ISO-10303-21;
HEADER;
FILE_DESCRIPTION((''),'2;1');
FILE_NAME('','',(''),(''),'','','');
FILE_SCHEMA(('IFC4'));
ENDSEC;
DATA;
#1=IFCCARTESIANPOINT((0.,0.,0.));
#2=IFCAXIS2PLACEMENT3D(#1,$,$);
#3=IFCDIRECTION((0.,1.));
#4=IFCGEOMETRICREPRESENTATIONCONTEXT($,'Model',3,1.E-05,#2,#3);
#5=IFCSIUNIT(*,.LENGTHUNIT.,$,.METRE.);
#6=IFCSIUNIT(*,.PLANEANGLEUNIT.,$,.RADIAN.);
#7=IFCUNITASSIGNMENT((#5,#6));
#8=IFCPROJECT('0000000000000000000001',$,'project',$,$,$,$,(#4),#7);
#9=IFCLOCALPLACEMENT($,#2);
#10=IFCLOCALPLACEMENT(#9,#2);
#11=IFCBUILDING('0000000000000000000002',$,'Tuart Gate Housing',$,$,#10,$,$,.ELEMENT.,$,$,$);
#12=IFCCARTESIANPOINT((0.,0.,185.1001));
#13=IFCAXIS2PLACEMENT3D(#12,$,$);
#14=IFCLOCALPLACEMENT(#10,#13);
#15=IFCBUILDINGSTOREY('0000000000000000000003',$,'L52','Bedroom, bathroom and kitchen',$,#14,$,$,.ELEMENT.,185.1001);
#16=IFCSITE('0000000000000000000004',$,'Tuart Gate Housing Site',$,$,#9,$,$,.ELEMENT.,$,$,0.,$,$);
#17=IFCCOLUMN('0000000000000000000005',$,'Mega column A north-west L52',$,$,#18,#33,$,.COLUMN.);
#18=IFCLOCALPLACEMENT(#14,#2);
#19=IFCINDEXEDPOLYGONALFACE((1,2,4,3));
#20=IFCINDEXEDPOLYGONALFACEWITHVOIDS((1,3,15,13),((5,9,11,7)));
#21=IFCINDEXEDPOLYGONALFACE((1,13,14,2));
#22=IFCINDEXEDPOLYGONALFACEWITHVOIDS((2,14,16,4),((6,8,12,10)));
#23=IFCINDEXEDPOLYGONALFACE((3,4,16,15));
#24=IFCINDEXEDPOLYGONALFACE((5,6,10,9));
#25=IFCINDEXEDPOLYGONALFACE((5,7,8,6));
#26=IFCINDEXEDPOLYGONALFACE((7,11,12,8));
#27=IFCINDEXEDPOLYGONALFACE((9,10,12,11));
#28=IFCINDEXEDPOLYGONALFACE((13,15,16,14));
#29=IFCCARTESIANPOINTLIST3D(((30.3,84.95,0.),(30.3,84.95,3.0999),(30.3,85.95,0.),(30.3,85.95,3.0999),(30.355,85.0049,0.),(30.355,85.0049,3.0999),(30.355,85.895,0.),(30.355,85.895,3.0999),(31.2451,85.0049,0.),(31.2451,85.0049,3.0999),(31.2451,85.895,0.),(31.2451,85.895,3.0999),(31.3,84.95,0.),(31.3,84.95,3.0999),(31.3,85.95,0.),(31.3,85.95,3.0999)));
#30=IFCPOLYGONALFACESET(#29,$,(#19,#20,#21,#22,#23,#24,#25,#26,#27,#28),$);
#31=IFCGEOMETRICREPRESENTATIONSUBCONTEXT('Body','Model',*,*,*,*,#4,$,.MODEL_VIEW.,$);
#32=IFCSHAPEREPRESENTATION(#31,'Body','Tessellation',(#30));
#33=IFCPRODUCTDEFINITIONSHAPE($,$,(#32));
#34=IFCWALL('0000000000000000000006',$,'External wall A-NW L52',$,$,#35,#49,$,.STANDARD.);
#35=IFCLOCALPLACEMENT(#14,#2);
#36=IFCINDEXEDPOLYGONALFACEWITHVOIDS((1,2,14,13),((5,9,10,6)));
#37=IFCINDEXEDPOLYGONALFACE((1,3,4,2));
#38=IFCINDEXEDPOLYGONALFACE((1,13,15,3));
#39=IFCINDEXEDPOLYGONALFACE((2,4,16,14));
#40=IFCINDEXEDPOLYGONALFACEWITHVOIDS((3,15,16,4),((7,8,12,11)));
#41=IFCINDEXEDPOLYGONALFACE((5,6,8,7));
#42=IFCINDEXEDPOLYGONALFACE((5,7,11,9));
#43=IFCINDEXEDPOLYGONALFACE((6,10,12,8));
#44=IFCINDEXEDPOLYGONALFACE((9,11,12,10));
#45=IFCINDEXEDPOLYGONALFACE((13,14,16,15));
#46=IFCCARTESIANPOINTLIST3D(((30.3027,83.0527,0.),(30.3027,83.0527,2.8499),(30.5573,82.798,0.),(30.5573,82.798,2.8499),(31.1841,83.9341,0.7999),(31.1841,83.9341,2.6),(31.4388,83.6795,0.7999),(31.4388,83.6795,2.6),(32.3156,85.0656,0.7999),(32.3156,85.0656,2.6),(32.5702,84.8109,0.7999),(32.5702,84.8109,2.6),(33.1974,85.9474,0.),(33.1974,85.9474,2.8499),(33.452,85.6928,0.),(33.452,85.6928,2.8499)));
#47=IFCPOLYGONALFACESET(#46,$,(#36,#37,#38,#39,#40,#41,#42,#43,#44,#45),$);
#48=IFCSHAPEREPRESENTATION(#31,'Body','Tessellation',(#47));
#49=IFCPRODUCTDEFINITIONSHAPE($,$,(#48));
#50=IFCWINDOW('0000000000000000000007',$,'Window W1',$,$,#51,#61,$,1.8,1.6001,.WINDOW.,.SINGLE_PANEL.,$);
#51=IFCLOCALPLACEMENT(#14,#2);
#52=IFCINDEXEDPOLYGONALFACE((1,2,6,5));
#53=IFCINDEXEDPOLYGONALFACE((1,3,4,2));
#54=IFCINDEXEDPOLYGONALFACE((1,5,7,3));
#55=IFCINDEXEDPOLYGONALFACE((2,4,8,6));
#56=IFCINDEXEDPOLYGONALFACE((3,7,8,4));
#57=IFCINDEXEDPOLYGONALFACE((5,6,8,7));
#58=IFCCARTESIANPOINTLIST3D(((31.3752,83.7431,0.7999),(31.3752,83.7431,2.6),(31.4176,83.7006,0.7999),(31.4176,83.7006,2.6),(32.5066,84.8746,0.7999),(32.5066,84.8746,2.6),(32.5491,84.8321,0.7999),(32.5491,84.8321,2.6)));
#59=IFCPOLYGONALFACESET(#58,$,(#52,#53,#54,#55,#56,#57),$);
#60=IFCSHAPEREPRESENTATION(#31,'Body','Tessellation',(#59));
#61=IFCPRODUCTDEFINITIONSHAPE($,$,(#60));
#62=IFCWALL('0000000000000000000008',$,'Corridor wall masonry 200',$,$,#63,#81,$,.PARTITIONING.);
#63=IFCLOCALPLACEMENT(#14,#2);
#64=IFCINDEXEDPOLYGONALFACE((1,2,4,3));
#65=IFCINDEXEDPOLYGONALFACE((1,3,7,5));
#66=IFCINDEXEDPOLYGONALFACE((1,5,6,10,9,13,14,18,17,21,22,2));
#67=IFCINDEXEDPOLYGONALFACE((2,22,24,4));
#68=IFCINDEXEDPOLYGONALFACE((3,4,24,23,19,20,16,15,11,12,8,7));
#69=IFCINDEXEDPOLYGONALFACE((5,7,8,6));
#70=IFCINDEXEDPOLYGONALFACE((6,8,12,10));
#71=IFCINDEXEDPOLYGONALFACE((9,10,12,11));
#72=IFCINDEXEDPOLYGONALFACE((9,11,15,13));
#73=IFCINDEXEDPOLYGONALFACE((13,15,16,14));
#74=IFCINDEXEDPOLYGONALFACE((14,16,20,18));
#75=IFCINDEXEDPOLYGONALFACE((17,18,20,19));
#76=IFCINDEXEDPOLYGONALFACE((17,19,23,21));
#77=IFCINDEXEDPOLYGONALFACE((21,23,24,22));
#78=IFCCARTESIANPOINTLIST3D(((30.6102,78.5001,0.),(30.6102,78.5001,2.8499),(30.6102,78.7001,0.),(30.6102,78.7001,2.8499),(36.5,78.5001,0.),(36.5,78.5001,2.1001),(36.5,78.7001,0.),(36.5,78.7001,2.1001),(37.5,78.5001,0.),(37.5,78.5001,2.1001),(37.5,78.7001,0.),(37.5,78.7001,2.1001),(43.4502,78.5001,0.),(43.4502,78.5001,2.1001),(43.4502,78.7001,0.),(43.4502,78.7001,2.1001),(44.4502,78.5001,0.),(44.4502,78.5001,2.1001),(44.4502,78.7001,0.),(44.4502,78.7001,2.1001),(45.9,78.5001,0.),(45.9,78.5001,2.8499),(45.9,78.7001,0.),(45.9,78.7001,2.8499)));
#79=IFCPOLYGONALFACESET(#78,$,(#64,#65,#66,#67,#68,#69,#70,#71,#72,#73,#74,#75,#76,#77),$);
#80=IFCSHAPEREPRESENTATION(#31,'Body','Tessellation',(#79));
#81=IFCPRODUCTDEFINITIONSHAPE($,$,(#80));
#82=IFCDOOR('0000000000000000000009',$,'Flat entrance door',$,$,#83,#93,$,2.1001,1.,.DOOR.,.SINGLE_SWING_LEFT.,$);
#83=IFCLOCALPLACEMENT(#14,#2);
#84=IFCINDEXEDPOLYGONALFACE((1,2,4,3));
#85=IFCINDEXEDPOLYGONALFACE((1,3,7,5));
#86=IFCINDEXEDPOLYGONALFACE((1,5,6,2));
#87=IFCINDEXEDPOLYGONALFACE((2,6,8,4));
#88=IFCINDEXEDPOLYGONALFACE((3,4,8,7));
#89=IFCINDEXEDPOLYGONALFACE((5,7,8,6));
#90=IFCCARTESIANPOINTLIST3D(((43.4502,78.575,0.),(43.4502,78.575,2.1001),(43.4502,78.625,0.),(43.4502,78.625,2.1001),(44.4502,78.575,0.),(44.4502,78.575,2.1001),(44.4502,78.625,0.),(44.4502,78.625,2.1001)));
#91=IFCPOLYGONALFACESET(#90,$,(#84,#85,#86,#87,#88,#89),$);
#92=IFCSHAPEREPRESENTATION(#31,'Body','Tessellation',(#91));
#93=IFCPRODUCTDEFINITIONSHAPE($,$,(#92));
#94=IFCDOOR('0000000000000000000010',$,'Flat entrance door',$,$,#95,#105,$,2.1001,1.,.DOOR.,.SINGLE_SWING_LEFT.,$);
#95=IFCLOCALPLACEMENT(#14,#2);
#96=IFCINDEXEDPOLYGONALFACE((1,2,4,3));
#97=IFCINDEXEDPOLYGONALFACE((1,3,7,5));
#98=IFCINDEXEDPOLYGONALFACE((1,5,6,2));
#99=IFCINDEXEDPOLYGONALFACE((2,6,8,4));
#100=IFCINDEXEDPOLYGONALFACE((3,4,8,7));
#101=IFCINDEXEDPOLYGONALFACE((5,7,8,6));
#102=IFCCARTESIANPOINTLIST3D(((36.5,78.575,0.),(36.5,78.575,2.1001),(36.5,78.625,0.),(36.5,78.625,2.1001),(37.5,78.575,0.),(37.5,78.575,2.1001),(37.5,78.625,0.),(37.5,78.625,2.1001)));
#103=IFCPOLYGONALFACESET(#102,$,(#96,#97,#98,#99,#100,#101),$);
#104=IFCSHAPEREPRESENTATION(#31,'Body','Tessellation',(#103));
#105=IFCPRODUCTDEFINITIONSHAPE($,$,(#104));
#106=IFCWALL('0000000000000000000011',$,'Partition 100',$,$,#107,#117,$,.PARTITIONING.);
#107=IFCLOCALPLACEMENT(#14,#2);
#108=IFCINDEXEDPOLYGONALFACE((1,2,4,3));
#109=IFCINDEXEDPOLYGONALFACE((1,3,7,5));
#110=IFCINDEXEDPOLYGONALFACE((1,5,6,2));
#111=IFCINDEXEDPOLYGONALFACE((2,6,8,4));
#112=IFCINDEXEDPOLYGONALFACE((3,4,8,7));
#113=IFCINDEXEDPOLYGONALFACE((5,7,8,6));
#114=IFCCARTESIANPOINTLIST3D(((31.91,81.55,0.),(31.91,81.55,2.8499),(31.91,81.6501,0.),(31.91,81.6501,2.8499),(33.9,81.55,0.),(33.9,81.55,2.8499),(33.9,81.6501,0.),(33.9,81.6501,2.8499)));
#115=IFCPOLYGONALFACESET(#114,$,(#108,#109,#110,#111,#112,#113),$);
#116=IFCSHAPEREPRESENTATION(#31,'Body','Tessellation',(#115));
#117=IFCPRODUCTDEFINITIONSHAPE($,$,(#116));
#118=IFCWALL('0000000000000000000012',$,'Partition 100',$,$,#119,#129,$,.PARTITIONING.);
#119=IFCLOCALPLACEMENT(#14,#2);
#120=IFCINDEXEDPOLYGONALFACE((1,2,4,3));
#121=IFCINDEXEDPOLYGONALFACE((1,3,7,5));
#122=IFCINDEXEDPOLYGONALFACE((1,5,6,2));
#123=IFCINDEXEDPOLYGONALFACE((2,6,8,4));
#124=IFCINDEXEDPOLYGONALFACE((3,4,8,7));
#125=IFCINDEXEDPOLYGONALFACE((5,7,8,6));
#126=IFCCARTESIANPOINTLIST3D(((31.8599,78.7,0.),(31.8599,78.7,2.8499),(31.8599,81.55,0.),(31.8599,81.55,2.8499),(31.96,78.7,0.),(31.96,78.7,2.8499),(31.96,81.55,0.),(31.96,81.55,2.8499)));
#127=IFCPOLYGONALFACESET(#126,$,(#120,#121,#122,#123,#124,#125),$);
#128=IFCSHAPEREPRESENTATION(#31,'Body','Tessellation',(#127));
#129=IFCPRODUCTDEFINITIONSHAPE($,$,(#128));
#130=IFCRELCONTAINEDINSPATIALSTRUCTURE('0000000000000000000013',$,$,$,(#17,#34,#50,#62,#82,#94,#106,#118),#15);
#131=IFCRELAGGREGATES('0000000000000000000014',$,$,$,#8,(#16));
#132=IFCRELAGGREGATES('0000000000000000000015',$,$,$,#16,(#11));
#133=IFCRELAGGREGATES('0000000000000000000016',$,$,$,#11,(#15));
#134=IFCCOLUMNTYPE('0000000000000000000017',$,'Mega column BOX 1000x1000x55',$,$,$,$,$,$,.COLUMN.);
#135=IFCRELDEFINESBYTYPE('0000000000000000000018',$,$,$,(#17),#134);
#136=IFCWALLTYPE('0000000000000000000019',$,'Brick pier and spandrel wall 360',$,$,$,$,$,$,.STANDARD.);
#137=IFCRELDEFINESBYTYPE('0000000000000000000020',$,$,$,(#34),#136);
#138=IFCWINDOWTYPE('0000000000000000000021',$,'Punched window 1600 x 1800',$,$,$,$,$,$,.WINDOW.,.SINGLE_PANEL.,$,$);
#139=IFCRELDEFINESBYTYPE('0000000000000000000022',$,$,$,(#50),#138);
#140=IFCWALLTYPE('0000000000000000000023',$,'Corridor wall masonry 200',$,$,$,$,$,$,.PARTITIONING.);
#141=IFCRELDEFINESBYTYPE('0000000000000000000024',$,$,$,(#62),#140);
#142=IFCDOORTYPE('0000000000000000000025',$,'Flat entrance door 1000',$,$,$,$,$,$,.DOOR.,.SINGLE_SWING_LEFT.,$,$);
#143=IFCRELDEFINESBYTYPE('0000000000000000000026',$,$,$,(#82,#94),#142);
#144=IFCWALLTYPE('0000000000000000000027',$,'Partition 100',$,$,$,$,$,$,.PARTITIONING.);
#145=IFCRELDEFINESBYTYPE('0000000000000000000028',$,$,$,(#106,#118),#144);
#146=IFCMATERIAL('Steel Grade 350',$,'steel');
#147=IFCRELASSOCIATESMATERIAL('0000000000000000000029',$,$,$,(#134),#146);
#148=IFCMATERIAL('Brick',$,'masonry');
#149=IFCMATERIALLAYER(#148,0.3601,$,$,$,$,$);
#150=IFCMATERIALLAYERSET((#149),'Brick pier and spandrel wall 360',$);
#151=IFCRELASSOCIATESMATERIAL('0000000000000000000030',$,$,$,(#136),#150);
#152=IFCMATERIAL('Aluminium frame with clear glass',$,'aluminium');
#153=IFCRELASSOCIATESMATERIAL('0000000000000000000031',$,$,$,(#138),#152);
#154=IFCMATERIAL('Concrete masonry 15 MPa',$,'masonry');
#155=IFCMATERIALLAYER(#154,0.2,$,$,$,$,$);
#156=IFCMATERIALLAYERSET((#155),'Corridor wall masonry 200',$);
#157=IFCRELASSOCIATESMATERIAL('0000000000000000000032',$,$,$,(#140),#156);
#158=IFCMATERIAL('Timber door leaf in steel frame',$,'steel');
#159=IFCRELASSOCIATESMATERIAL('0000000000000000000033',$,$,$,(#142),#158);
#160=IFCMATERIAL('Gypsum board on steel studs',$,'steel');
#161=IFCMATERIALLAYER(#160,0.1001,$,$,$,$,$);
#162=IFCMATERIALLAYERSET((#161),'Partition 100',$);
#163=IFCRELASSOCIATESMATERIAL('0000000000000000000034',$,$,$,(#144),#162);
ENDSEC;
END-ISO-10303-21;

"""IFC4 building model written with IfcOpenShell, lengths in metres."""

from ifc_helpers import new_model, si_unit, direction, frame, frame_2d, origin, origin_2d, place, context, subcontext, project, spatial, rectangle, hollow_rectangle, extrude, material, layer, layer_set, material_profile, profile_set, type_object, element, fill, save


model = new_model("IFC4")

# Units and contexts
model_context = context("Model", 3, precision=1e-05, world=origin(), true_north=direction((0.0, 1.0)))
body_context = subcontext(model_context, "Body", "Model", "MODEL_VIEW")
ifc_project = project(units=[si_unit("LENGTHUNIT", "METRE"), si_unit("PLANEANGLEUNIT", "RADIAN")], contexts=[model_context])

# Site, building, storey
site_placement = place(None, origin())
site = spatial("IfcSite", under=ifc_project, at=site_placement, Name="Tuart Gate Housing Site", CompositionType="ELEMENT", RefElevation=0.0)
building_placement = place(site_placement, origin())
building = spatial("IfcBuilding", under=site, at=building_placement, Name="Tuart Gate Housing", CompositionType="ELEMENT")
storey_placement = place(building_placement, frame((0.0, 0.0, 185.1001)))
storey = spatial("IfcBuildingStorey", under=building, at=storey_placement, Name="L52", Description="Bedroom, bathroom and kitchen", CompositionType="ELEMENT", Elevation=185.1001)

# Column
ifc_material_1 = material(Name="Steel Grade 350", Category="steel")
ifc_material_profile = material_profile(ifc_material_1, hollow_rectangle(XDim=1.0, YDim=1.0, WallThickness=0.0549, at=origin_2d()), Name="BOX 1000x1000x55")
ifc_profile_set = profile_set([ifc_material_profile], Name="Steel Grade 350")
column_type = type_object("IfcColumnType", Name="Mega column BOX 1000x1000x55", PredefinedType="COLUMN", material=ifc_profile_set)
column_placement = place(storey_placement, frame((30.8, 85.45, 0.0), z_axis=(0.0, 0.0, 1.0), x_axis=(1.0, 0.0, 0.0)))
element("IfcColumn", 1, at=column_placement, inside=storey, type_object=column_type, Name="Mega column A north-west L52", PredefinedType="COLUMN", context=body_context, shape_type="SweptSolid", body=[
    extrude(hollow_rectangle(XDim=1.0, YDim=1.0, WallThickness=0.0549, at=origin_2d()), origin(), (0.0, 0.0, 1.0), 3.0999),
])

# Wall, opening, window
ifc_material_2 = material(Name="Brick", Category="masonry")
ifc_layer_1 = layer(ifc_material_2, 0.3601)
ifc_layer_set_1 = layer_set([ifc_layer_1], Name="Brick pier and spandrel wall 360")
wall_type_1 = type_object("IfcWallType", Name="Brick pier and spandrel wall 360", PredefinedType="STANDARD", material=ifc_layer_set_1)
wall_1_placement = place(storey_placement, frame((33.3247, 85.8201, 0.0), z_axis=(0.0, 0.0, 1.0), x_axis=(-0.707107, -0.707107, 0.0)))
wall_1 = element("IfcWall", 2, at=wall_1_placement, inside=storey, type_object=wall_type_1, Name="External wall A-NW L52", PredefinedType="STANDARD", context=body_context, shape_type="SweptSolid", body=[
    extrude(rectangle(XDim=4.0938, YDim=0.3601, at=frame_2d((2.0469, 0.0))), origin(), (0.0, 0.0, 1.0), 2.8499),
])
opening_1_placement = place(wall_1_placement, frame((1.2471, 0.0, 0.8)))
opening_1 = element("IfcOpeningElement", 3, at=opening_1_placement, cuts=wall_1, PredefinedType="OPENING", context=body_context, shape_type="SweptSolid", body=[
    extrude(rectangle(XDim=1.6001, YDim=1.8, at=frame_2d((0.8, 0.8999))), frame((0.0, 0.1899, 0.0), z_axis=(0.0, -1.0, 0.0), x_axis=(1.0, 0.0, 0.0)), (0.0, 0.0, 1.0), 0.3801),
])
ifc_material_3 = material(Name="Aluminium frame with clear glass", Category="aluminium")
window_type_1 = type_object("IfcWindowType", Name="Punched window 1600 x 1800", PartitioningType="SINGLE_PANEL", PredefinedType="WINDOW", material=ifc_material_3)
window_1_placement = place(opening_1_placement, origin())
window_1 = element("IfcWindow", 4, at=window_1_placement, inside=storey, type_object=window_type_1, Name="Window W1", OverallHeight=1.8, OverallWidth=1.6001, PartitioningType="SINGLE_PANEL", PredefinedType="WINDOW", context=body_context, shape_type="SweptSolid", body=[
    extrude(rectangle(XDim=1.6001, YDim=1.8, at=frame_2d((0.8, 0.8999))), frame((0.0, 0.1501, 0.0), z_axis=(0.0, -1.0, 0.0), x_axis=(1.0, 0.0, 0.0)), (0.0, 0.0, 1.0), 0.0601),
])
fill(opening_1, window_1)

# Wall, openings, doors
ifc_material_4 = material(Name="Concrete masonry 15 MPa", Category="masonry")
ifc_layer_2 = layer(ifc_material_4, 0.2)
ifc_layer_set_2 = layer_set([ifc_layer_2], Name="Corridor wall masonry 200")
wall_type_2 = type_object("IfcWallType", Name="Corridor wall masonry 200", PredefinedType="PARTITIONING", material=ifc_layer_set_2)
wall_2_placement = place(storey_placement, frame((30.6101, 78.6001, 0.0), z_axis=(0.0, 0.0, 1.0), x_axis=(1.0, 0.0, 0.0)))
wall_2 = element("IfcWall", 5, at=wall_2_placement, inside=storey, type_object=wall_type_2, Name="Corridor wall masonry 200", PredefinedType="PARTITIONING", context=body_context, shape_type="SweptSolid", body=[
    extrude(rectangle(XDim=15.2898, YDim=0.2, at=frame_2d((7.645, 0.0))), origin(), (0.0, 0.0, 1.0), 2.8499),
])
opening_2_placement = place(wall_2_placement, frame((12.8401, 0.0, 0.0)))
opening_2 = element("IfcOpeningElement", 6, at=opening_2_placement, cuts=wall_2, PredefinedType="OPENING", context=body_context, shape_type="SweptSolid", body=[
    extrude(rectangle(XDim=1.0, YDim=2.1001, at=frame_2d((0.5, 1.05))), frame((0.0, 0.1099, 0.0), z_axis=(0.0, -1.0, 0.0), x_axis=(1.0, 0.0, 0.0)), (0.0, 0.0, 1.0), 0.22),
])
opening_3_placement = place(wall_2_placement, frame((5.8899, 0.0, 0.0)))
opening_3 = element("IfcOpeningElement", 7, at=opening_3_placement, cuts=wall_2, PredefinedType="OPENING", context=body_context, shape_type="SweptSolid", body=[
    extrude(rectangle(XDim=1.0, YDim=2.1001, at=frame_2d((0.5, 1.05))), frame((0.0, 0.1099, 0.0), z_axis=(0.0, -1.0, 0.0), x_axis=(1.0, 0.0, 0.0)), (0.0, 0.0, 1.0), 0.22),
])
ifc_material_5 = material(Name="Timber door leaf in steel frame", Category="steel")
door_type = type_object("IfcDoorType", Name="Flat entrance door 1000", OperationType="SINGLE_SWING_LEFT", PredefinedType="DOOR", material=ifc_material_5)
door_1_placement = place(opening_2_placement, origin())
door_1 = element("IfcDoor", 8, at=door_1_placement, inside=storey, type_object=door_type, Name="Flat entrance door", OperationType="SINGLE_SWING_LEFT", OverallHeight=2.1001, OverallWidth=1.0, PredefinedType="DOOR", context=body_context, shape_type="SweptSolid", body=[
    extrude(rectangle(XDim=1.0, YDim=2.1001, at=frame_2d((0.5, 1.05))), frame((0.0, 0.0249, 0.0), z_axis=(0.0, -1.0, 0.0), x_axis=(1.0, 0.0, 0.0)), (0.0, 0.0, 1.0), 0.05),
])
fill(opening_2, door_1)
door_2_placement = place(opening_3_placement, origin())
door_2 = element("IfcDoor", 9, at=door_2_placement, inside=storey, type_object=door_type, Name="Flat entrance door", OperationType="SINGLE_SWING_LEFT", OverallHeight=2.1001, OverallWidth=1.0, PredefinedType="DOOR", context=body_context, shape_type="SweptSolid", body=[
    extrude(rectangle(XDim=1.0, YDim=2.1001, at=frame_2d((0.5, 1.05))), frame((0.0, 0.0249, 0.0), z_axis=(0.0, -1.0, 0.0), x_axis=(1.0, 0.0, 0.0)), (0.0, 0.0, 1.0), 0.05),
])
fill(opening_3, door_2)

# Walls
ifc_material_6 = material(Name="Gypsum board on steel studs", Category="steel")
ifc_layer_3 = layer(ifc_material_6, 0.1001)
ifc_layer_set_3 = layer_set([ifc_layer_3], Name="Partition 100")
wall_type_3 = type_object("IfcWallType", Name="Partition 100", PredefinedType="PARTITIONING", material=ifc_layer_set_3)
wall_3_placement = place(storey_placement, frame((31.9099, 81.6001, 0.0), z_axis=(0.0, 0.0, 1.0), x_axis=(1.0, 0.0, 0.0)))
element("IfcWall", 10, at=wall_3_placement, inside=storey, type_object=wall_type_3, Name="Partition 100", PredefinedType="PARTITIONING", context=body_context, shape_type="SweptSolid", body=[
    extrude(rectangle(XDim=1.99, YDim=0.1001, at=frame_2d((0.9951, 0.0))), origin(), (0.0, 0.0, 1.0), 2.8499),
])
wall_4_placement = place(storey_placement, frame((31.9099, 78.7, 0.0), z_axis=(0.0, 0.0, 1.0), x_axis=(0.0, 1.0, 0.0)))
element("IfcWall", 11, at=wall_4_placement, inside=storey, type_object=wall_type_3, Name="Partition 100", PredefinedType="PARTITIONING", context=body_context, shape_type="SweptSolid", body=[
    extrude(rectangle(XDim=2.8501, YDim=0.1001, at=frame_2d((1.425, 0.0))), origin(), (0.0, 0.0, 1.0), 2.8499),
])

save(model, "model.ifc")
